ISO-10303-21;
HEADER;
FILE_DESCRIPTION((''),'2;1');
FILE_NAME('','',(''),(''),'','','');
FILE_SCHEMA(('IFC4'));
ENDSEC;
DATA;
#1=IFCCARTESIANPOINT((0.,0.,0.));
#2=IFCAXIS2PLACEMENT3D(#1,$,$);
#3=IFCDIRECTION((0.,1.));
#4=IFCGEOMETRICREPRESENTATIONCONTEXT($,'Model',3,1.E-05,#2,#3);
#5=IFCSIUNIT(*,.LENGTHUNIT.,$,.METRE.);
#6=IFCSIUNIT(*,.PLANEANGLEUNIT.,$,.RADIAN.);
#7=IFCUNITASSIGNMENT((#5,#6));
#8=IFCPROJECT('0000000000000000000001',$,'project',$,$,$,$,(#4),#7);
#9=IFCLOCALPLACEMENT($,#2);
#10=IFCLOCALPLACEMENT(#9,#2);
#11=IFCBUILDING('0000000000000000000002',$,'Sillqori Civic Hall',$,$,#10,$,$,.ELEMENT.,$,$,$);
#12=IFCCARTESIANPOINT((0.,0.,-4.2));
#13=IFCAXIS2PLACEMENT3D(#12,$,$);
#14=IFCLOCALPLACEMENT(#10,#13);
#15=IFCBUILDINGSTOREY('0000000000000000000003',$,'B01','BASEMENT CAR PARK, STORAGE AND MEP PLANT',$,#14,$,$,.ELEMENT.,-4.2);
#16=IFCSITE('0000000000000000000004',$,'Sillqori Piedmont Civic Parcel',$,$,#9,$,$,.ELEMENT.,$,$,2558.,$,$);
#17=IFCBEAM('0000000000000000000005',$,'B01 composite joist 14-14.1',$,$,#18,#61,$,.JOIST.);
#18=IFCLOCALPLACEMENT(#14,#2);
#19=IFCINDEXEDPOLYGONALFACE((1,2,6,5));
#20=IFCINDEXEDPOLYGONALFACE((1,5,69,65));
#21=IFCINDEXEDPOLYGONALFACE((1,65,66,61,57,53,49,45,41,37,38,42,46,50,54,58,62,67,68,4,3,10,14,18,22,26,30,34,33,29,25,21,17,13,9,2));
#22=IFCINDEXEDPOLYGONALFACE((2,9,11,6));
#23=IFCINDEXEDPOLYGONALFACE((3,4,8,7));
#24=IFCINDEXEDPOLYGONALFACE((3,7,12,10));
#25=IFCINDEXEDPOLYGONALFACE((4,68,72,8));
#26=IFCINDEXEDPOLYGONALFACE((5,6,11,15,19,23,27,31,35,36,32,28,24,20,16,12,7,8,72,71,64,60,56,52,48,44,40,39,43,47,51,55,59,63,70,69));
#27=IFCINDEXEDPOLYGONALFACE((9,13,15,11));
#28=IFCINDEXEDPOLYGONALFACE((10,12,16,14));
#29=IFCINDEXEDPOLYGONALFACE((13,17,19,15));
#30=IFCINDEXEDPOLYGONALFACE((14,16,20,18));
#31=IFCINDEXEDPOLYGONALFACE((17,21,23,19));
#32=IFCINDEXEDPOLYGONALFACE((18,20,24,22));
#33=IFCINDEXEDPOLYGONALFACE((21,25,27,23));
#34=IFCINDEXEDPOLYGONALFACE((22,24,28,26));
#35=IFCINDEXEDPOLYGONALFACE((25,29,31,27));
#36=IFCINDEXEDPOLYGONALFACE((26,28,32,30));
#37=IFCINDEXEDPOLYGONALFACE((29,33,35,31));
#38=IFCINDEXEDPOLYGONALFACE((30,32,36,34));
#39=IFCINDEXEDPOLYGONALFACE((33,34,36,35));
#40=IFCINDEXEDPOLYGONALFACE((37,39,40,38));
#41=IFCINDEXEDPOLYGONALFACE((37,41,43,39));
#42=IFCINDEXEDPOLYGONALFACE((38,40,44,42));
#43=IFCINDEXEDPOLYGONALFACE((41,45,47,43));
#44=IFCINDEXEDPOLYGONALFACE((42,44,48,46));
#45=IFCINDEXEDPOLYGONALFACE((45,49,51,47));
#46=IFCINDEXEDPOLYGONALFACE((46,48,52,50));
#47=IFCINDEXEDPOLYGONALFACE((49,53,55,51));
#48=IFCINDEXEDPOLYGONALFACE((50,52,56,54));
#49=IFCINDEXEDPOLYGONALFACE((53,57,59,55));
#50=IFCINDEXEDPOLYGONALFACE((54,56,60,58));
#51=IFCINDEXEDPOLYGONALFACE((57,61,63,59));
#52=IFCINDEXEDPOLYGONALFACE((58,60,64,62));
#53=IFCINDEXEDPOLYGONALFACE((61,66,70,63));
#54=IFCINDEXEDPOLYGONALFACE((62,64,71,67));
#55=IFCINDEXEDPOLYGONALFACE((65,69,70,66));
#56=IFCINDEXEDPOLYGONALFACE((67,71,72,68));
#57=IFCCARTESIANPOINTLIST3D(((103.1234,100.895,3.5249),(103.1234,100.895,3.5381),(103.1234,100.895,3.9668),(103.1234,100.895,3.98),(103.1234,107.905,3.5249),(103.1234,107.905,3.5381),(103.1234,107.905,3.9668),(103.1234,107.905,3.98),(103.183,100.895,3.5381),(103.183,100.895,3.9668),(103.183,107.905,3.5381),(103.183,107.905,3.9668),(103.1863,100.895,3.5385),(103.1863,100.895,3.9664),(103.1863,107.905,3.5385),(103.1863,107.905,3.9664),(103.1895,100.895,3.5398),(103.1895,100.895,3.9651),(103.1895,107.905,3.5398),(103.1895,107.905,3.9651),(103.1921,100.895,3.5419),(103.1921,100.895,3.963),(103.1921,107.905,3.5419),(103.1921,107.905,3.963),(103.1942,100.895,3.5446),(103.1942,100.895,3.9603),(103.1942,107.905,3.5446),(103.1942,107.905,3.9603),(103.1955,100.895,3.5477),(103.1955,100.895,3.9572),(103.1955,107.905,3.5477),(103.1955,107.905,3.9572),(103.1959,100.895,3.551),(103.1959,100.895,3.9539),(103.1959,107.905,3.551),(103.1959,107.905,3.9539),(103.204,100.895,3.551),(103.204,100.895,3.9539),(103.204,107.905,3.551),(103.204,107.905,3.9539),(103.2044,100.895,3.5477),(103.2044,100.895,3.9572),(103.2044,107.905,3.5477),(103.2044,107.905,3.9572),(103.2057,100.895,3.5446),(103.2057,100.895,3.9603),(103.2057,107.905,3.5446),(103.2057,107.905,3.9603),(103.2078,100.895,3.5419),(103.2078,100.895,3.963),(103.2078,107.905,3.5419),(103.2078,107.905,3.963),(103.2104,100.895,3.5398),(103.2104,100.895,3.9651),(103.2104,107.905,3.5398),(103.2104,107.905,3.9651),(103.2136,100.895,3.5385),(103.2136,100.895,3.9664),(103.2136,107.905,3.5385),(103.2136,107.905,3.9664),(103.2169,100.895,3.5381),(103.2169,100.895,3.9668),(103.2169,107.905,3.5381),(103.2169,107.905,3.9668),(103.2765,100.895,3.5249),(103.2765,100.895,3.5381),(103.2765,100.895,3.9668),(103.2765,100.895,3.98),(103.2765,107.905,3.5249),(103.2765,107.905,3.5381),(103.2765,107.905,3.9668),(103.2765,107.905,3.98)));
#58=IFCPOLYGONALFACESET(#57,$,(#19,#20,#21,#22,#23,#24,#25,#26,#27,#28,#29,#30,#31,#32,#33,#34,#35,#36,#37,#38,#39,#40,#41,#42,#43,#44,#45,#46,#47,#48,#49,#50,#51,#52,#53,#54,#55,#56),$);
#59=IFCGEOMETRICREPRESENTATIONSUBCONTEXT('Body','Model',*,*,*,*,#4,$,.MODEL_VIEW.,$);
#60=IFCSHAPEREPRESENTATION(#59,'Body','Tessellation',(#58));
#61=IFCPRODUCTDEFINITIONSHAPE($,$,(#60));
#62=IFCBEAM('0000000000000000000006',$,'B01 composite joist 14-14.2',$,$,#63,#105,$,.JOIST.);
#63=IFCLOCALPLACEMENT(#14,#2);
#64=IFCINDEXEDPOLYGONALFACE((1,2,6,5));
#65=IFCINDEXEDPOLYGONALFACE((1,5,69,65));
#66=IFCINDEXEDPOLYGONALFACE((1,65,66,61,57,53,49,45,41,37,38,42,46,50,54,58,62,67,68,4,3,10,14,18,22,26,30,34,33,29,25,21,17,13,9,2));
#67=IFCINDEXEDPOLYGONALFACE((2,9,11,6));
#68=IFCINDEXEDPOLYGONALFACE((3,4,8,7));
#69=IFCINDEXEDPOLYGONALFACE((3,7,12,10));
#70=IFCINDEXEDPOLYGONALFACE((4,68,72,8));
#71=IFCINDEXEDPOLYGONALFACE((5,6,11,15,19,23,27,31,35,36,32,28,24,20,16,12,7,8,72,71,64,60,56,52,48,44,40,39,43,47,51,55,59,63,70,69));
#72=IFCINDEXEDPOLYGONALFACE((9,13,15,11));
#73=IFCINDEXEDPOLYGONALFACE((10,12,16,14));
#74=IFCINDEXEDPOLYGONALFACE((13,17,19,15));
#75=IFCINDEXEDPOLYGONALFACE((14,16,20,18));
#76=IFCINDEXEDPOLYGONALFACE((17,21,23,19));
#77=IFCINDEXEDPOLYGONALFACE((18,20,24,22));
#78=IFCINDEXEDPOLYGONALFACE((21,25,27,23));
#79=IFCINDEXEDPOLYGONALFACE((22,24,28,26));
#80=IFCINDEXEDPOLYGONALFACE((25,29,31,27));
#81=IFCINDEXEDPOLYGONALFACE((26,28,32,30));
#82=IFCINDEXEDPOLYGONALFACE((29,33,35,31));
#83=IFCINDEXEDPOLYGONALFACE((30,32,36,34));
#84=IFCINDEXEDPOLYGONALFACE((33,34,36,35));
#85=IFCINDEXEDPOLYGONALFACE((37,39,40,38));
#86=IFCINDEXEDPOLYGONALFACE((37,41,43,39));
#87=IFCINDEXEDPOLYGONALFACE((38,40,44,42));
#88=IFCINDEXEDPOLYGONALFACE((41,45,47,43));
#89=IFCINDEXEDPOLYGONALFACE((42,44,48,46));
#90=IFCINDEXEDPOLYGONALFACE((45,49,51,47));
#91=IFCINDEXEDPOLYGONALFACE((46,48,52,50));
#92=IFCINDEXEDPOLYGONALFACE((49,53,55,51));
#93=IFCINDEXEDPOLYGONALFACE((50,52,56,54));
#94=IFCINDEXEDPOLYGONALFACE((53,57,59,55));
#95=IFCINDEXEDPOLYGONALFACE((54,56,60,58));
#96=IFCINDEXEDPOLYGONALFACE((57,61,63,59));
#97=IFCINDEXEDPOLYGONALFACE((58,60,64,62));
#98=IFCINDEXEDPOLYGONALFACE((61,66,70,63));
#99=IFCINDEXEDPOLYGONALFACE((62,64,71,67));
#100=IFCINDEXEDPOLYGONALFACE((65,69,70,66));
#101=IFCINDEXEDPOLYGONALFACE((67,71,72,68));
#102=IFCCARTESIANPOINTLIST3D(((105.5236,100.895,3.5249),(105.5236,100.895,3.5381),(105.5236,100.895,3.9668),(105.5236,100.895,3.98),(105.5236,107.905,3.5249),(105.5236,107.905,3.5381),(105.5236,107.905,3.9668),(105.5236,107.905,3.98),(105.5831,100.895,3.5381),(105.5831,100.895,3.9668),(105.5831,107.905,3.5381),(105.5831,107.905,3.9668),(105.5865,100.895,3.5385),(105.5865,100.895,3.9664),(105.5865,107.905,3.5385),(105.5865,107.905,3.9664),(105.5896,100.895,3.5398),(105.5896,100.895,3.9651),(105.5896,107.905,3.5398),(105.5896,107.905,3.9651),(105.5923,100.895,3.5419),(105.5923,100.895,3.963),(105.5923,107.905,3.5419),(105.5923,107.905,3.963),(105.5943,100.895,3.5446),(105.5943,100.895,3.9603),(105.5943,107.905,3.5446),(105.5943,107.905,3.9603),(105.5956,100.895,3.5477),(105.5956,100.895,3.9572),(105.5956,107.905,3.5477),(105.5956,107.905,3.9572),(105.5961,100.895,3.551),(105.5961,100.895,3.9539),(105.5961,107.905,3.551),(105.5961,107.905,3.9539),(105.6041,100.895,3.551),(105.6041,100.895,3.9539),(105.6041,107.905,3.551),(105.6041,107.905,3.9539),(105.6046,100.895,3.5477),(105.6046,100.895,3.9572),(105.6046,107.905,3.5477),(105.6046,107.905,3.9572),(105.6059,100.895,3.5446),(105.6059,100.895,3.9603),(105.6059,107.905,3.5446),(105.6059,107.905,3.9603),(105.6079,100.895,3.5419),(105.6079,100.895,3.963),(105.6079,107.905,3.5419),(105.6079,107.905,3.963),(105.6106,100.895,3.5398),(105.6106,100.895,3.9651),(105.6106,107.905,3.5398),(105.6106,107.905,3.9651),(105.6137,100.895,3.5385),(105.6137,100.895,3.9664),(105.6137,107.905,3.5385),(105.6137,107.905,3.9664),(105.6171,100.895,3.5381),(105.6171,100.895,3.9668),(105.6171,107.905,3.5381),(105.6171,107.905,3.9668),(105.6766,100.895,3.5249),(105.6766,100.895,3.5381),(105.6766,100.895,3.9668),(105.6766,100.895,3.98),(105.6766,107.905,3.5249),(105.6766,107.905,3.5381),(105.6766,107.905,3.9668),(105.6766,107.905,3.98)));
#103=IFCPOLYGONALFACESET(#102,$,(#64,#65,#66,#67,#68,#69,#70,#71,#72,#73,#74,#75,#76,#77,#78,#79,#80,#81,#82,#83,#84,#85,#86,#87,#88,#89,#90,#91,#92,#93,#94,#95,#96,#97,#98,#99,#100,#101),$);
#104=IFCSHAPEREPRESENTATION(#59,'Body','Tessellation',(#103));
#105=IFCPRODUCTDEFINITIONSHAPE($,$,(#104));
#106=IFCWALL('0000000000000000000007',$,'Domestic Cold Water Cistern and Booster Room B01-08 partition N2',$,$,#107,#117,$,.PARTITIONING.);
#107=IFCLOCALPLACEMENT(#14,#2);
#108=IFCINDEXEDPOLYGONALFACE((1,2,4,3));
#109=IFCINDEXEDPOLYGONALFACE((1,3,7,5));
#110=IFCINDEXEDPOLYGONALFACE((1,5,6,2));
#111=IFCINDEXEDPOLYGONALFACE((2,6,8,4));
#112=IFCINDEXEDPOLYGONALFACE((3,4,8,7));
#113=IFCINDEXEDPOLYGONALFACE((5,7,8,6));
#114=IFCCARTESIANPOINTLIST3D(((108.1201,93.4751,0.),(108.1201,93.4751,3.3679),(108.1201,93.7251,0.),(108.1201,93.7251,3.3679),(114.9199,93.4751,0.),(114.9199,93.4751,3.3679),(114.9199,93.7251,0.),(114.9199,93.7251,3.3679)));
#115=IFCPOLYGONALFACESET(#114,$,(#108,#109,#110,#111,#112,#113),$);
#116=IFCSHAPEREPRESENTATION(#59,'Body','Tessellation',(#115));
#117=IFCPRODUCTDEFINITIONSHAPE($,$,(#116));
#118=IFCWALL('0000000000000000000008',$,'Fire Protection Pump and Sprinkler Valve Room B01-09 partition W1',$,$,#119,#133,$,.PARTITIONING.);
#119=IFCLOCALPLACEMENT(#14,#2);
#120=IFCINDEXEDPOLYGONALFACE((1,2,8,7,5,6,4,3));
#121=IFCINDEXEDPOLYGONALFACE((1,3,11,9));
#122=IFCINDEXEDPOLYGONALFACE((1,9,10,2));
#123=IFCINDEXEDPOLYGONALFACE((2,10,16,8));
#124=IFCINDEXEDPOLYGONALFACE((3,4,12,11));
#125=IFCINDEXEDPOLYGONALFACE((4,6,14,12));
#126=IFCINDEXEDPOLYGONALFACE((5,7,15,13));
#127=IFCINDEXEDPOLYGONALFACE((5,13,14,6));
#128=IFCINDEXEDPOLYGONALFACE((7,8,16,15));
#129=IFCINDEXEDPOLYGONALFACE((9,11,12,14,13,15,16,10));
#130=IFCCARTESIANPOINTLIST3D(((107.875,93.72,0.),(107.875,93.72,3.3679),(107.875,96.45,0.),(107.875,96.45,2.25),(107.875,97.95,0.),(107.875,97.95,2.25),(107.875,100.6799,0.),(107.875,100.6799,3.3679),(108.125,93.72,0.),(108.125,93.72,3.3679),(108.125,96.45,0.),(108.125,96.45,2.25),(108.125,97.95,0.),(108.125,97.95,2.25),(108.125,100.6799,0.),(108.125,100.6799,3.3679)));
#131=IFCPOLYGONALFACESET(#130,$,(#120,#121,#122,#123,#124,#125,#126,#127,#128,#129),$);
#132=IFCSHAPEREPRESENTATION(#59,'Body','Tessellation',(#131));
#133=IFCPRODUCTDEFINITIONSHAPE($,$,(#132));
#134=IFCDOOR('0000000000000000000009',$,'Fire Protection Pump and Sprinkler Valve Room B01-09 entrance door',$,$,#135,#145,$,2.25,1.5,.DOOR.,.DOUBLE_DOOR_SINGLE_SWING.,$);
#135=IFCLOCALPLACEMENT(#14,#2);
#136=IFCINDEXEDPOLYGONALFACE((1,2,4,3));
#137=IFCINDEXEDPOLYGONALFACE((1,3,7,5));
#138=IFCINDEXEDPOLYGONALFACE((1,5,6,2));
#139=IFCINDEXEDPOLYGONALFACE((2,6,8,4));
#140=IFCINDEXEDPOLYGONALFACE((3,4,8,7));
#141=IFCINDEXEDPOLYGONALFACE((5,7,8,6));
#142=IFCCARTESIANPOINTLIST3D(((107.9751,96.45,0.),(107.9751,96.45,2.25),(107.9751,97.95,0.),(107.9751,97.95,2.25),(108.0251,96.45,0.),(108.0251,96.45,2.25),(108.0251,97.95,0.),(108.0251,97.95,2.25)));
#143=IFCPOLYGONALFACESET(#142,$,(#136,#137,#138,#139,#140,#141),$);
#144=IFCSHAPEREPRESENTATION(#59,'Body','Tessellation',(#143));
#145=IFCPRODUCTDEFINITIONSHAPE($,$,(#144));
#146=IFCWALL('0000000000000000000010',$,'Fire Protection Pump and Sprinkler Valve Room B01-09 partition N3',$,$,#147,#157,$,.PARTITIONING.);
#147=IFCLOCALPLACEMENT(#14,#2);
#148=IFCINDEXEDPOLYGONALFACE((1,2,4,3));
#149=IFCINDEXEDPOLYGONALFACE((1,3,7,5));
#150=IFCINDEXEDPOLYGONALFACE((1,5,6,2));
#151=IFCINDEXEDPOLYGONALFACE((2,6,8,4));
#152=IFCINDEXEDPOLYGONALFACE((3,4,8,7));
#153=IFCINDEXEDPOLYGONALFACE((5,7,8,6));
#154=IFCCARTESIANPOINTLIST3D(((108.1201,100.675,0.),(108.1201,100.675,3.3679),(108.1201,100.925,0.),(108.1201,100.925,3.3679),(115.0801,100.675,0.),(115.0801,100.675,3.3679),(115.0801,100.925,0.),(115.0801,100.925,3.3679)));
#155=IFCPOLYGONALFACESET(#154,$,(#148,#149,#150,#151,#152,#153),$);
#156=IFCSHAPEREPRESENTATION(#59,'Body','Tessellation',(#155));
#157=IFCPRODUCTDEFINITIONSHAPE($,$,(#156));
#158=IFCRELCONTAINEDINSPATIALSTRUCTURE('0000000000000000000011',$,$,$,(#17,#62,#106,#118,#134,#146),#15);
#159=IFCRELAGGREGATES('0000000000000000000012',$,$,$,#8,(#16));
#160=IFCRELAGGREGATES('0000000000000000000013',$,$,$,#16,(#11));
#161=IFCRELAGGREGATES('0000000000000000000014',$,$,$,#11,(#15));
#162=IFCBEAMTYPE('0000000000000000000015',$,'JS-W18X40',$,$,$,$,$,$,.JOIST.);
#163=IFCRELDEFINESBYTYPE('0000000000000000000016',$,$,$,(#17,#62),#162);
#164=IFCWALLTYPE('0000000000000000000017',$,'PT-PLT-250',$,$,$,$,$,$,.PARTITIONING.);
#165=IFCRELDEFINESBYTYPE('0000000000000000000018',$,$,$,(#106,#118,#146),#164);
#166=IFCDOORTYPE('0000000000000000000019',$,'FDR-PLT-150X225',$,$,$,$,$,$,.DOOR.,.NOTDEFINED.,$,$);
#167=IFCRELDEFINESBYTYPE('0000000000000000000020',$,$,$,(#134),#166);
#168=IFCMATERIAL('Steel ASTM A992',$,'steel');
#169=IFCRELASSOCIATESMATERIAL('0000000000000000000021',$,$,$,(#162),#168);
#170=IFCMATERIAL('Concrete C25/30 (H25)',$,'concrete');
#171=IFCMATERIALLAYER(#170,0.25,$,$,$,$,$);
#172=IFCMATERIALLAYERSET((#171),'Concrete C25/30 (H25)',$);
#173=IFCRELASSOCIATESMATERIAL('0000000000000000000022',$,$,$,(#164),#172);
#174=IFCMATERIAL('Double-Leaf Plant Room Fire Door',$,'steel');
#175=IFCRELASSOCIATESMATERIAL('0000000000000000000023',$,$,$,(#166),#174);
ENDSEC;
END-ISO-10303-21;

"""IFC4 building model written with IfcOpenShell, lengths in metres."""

from ifc_helpers import new_model, si_unit, direction, frame, frame_2d, origin, origin_2d, place, context, subcontext, project, spatial, rectangle, i_section, extrude, material, layer, layer_set, material_profile, profile_set, type_object, element, fill, save


model = new_model("IFC4")

# Units and contexts
model_context = context("Model", 3, precision=1e-05, world=origin(), true_north=direction((0.0, 1.0)))
body_context = subcontext(model_context, "Body", "Model", "MODEL_VIEW")
ifc_project = project(units=[si_unit("LENGTHUNIT", "METRE"), si_unit("PLANEANGLEUNIT", "RADIAN")], contexts=[model_context])

# Site, building, storey
site_placement = place(None, origin())
site = spatial("IfcSite", under=ifc_project, at=site_placement, Name="Sillqori Piedmont Civic Parcel", CompositionType="ELEMENT", RefElevation=2558.0)
building_placement = place(site_placement, origin())
building = spatial("IfcBuilding", under=site, at=building_placement, Name="Sillqori Civic Hall", CompositionType="ELEMENT")
storey_placement = place(building_placement, frame((0.0, 0.0, -4.2)))
storey = spatial("IfcBuildingStorey", under=building, at=storey_placement, Name="B01", Description="BASEMENT CAR PARK, STORAGE AND MEP PLANT", CompositionType="ELEMENT", Elevation=-4.2)

# Shared definitions
ifc_material_1 = material(Name="Steel ASTM A992", Category="steel")

# Beams
ifc_material_profile_1 = material_profile(ifc_material_1, i_section(OverallWidth=0.1531, OverallDepth=0.4551, WebThickness=0.0081, FlangeThickness=0.0132, FilletRadius=0.0129, at=origin_2d()), Name="W18X40")
ifc_profile_set_1 = profile_set([ifc_material_profile_1], Name="Steel ASTM A992")
beam_type_1 = type_object("IfcBeamType", Name="JS-W18X40", PredefinedType="JOIST", material=ifc_profile_set_1)
for number, where, z_axis, x_axis, name in (
    (1, (103.2, 100.895, 3.7524), (0.0, 1.0, 0.0), (-1.0, 0.0, 0.0), "B01 composite joist 14-14.1"),
    (2, (105.6001, 100.895, 3.7524), (0.0, 1.0, 0.0), (-1.0, 0.0, 0.0), "B01 composite joist 14-14.2"),
):
    element("IfcBeam", number, at=place(storey_placement, frame(where, z_axis=z_axis, x_axis=x_axis)), inside=storey, type_object=beam_type_1, Name=name, PredefinedType="JOIST", context=body_context, shape_type="SweptSolid", body=[
        extrude(i_section(OverallWidth=0.1531, OverallDepth=0.4551, WebThickness=0.0081, FlangeThickness=0.0132, FilletRadius=0.0129, at=origin_2d()), origin(), (0.0, 0.0, 1.0), 7.01),
    ])

# Wall
ifc_material_2 = material(Name="Concrete C25/30 (H25)", Category="concrete")
ifc_layer = layer(ifc_material_2, 0.25)
ifc_layer_set = layer_set([ifc_layer], Name="Concrete C25/30 (H25)")
wall_type = type_object("IfcWallType", Name="PT-PLT-250", PredefinedType="PARTITIONING", material=ifc_layer_set)
wall_1_placement = place(storey_placement, frame((108.1201, 93.6001, 0.0), z_axis=(0.0, 0.0, 1.0), x_axis=(1.0, 0.0, 0.0)))
element("IfcWall", 3, at=wall_1_placement, inside=storey, type_object=wall_type, Name="Domestic Cold Water Cistern and Booster Room B01-08 partition N2", PredefinedType="PARTITIONING", context=body_context, shape_type="SweptSolid", body=[
    extrude(rectangle(XDim=6.7998, YDim=0.25, at=frame_2d((3.3999, 0.0))), origin(), (0.0, 0.0, 1.0), 3.3679),
])

# Wall, opening, door
wall_2_placement = place(storey_placement, frame((108.0, 93.72, 0.0), z_axis=(0.0, 0.0, 1.0), x_axis=(0.0, 1.0, 0.0)))
wall_2 = element("IfcWall", 4, at=wall_2_placement, inside=storey, type_object=wall_type, Name="Fire Protection Pump and Sprinkler Valve Room B01-09 partition W1", PredefinedType="PARTITIONING", context=body_context, shape_type="SweptSolid", body=[
    extrude(rectangle(XDim=6.96, YDim=0.25, at=frame_2d((3.48, 0.0))), origin(), (0.0, 0.0, 1.0), 3.3679),
])
opening_placement = place(wall_2_placement, frame((2.73, 0.0, 0.0)))
opening = element("IfcOpeningElement", 5, at=opening_placement, cuts=wall_2, PredefinedType="OPENING", context=body_context, shape_type="SweptSolid", body=[
    extrude(rectangle(XDim=1.5, YDim=2.25, at=frame_2d((0.75, 1.125))), frame((0.0, 0.135, 0.0), z_axis=(0.0, -1.0, 0.0), x_axis=(1.0, 0.0, 0.0)), (0.0, 0.0, 1.0), 0.27),
])
ifc_material_3 = material(Name="Double-Leaf Plant Room Fire Door", Category="steel")
door_type = type_object("IfcDoorType", Name="FDR-PLT-150X225", OperationType="NOTDEFINED", PredefinedType="DOOR", material=ifc_material_3)
door_placement = place(opening_placement, origin())
door = element("IfcDoor", 6, at=door_placement, inside=storey, type_object=door_type, Name="Fire Protection Pump and Sprinkler Valve Room B01-09 entrance door", OperationType="DOUBLE_DOOR_SINGLE_SWING", OverallHeight=2.25, OverallWidth=1.5, PredefinedType="DOOR", context=body_context, shape_type="SweptSolid", body=[
    extrude(rectangle(XDim=1.5, YDim=2.25, at=frame_2d((0.75, 1.125))), frame((0.0, 0.0249, 0.0), z_axis=(0.0, -1.0, 0.0), x_axis=(1.0, 0.0, 0.0)), (0.0, 0.0, 1.0), 0.05),
])
fill(opening, door)

# Wall
wall_3_placement = place(storey_placement, frame((108.1201, 100.8, 0.0), z_axis=(0.0, 0.0, 1.0), x_axis=(1.0, 0.0, 0.0)))
element("IfcWall", 7, at=wall_3_placement, inside=storey, type_object=wall_type, Name="Fire Protection Pump and Sprinkler Valve Room B01-09 partition N3", PredefinedType="PARTITIONING", context=body_context, shape_type="SweptSolid", body=[
    extrude(rectangle(XDim=6.96, YDim=0.25, at=frame_2d((3.48, 0.0))), origin(), (0.0, 0.0, 1.0), 3.3679),
])

save(model, "model.ifc")
